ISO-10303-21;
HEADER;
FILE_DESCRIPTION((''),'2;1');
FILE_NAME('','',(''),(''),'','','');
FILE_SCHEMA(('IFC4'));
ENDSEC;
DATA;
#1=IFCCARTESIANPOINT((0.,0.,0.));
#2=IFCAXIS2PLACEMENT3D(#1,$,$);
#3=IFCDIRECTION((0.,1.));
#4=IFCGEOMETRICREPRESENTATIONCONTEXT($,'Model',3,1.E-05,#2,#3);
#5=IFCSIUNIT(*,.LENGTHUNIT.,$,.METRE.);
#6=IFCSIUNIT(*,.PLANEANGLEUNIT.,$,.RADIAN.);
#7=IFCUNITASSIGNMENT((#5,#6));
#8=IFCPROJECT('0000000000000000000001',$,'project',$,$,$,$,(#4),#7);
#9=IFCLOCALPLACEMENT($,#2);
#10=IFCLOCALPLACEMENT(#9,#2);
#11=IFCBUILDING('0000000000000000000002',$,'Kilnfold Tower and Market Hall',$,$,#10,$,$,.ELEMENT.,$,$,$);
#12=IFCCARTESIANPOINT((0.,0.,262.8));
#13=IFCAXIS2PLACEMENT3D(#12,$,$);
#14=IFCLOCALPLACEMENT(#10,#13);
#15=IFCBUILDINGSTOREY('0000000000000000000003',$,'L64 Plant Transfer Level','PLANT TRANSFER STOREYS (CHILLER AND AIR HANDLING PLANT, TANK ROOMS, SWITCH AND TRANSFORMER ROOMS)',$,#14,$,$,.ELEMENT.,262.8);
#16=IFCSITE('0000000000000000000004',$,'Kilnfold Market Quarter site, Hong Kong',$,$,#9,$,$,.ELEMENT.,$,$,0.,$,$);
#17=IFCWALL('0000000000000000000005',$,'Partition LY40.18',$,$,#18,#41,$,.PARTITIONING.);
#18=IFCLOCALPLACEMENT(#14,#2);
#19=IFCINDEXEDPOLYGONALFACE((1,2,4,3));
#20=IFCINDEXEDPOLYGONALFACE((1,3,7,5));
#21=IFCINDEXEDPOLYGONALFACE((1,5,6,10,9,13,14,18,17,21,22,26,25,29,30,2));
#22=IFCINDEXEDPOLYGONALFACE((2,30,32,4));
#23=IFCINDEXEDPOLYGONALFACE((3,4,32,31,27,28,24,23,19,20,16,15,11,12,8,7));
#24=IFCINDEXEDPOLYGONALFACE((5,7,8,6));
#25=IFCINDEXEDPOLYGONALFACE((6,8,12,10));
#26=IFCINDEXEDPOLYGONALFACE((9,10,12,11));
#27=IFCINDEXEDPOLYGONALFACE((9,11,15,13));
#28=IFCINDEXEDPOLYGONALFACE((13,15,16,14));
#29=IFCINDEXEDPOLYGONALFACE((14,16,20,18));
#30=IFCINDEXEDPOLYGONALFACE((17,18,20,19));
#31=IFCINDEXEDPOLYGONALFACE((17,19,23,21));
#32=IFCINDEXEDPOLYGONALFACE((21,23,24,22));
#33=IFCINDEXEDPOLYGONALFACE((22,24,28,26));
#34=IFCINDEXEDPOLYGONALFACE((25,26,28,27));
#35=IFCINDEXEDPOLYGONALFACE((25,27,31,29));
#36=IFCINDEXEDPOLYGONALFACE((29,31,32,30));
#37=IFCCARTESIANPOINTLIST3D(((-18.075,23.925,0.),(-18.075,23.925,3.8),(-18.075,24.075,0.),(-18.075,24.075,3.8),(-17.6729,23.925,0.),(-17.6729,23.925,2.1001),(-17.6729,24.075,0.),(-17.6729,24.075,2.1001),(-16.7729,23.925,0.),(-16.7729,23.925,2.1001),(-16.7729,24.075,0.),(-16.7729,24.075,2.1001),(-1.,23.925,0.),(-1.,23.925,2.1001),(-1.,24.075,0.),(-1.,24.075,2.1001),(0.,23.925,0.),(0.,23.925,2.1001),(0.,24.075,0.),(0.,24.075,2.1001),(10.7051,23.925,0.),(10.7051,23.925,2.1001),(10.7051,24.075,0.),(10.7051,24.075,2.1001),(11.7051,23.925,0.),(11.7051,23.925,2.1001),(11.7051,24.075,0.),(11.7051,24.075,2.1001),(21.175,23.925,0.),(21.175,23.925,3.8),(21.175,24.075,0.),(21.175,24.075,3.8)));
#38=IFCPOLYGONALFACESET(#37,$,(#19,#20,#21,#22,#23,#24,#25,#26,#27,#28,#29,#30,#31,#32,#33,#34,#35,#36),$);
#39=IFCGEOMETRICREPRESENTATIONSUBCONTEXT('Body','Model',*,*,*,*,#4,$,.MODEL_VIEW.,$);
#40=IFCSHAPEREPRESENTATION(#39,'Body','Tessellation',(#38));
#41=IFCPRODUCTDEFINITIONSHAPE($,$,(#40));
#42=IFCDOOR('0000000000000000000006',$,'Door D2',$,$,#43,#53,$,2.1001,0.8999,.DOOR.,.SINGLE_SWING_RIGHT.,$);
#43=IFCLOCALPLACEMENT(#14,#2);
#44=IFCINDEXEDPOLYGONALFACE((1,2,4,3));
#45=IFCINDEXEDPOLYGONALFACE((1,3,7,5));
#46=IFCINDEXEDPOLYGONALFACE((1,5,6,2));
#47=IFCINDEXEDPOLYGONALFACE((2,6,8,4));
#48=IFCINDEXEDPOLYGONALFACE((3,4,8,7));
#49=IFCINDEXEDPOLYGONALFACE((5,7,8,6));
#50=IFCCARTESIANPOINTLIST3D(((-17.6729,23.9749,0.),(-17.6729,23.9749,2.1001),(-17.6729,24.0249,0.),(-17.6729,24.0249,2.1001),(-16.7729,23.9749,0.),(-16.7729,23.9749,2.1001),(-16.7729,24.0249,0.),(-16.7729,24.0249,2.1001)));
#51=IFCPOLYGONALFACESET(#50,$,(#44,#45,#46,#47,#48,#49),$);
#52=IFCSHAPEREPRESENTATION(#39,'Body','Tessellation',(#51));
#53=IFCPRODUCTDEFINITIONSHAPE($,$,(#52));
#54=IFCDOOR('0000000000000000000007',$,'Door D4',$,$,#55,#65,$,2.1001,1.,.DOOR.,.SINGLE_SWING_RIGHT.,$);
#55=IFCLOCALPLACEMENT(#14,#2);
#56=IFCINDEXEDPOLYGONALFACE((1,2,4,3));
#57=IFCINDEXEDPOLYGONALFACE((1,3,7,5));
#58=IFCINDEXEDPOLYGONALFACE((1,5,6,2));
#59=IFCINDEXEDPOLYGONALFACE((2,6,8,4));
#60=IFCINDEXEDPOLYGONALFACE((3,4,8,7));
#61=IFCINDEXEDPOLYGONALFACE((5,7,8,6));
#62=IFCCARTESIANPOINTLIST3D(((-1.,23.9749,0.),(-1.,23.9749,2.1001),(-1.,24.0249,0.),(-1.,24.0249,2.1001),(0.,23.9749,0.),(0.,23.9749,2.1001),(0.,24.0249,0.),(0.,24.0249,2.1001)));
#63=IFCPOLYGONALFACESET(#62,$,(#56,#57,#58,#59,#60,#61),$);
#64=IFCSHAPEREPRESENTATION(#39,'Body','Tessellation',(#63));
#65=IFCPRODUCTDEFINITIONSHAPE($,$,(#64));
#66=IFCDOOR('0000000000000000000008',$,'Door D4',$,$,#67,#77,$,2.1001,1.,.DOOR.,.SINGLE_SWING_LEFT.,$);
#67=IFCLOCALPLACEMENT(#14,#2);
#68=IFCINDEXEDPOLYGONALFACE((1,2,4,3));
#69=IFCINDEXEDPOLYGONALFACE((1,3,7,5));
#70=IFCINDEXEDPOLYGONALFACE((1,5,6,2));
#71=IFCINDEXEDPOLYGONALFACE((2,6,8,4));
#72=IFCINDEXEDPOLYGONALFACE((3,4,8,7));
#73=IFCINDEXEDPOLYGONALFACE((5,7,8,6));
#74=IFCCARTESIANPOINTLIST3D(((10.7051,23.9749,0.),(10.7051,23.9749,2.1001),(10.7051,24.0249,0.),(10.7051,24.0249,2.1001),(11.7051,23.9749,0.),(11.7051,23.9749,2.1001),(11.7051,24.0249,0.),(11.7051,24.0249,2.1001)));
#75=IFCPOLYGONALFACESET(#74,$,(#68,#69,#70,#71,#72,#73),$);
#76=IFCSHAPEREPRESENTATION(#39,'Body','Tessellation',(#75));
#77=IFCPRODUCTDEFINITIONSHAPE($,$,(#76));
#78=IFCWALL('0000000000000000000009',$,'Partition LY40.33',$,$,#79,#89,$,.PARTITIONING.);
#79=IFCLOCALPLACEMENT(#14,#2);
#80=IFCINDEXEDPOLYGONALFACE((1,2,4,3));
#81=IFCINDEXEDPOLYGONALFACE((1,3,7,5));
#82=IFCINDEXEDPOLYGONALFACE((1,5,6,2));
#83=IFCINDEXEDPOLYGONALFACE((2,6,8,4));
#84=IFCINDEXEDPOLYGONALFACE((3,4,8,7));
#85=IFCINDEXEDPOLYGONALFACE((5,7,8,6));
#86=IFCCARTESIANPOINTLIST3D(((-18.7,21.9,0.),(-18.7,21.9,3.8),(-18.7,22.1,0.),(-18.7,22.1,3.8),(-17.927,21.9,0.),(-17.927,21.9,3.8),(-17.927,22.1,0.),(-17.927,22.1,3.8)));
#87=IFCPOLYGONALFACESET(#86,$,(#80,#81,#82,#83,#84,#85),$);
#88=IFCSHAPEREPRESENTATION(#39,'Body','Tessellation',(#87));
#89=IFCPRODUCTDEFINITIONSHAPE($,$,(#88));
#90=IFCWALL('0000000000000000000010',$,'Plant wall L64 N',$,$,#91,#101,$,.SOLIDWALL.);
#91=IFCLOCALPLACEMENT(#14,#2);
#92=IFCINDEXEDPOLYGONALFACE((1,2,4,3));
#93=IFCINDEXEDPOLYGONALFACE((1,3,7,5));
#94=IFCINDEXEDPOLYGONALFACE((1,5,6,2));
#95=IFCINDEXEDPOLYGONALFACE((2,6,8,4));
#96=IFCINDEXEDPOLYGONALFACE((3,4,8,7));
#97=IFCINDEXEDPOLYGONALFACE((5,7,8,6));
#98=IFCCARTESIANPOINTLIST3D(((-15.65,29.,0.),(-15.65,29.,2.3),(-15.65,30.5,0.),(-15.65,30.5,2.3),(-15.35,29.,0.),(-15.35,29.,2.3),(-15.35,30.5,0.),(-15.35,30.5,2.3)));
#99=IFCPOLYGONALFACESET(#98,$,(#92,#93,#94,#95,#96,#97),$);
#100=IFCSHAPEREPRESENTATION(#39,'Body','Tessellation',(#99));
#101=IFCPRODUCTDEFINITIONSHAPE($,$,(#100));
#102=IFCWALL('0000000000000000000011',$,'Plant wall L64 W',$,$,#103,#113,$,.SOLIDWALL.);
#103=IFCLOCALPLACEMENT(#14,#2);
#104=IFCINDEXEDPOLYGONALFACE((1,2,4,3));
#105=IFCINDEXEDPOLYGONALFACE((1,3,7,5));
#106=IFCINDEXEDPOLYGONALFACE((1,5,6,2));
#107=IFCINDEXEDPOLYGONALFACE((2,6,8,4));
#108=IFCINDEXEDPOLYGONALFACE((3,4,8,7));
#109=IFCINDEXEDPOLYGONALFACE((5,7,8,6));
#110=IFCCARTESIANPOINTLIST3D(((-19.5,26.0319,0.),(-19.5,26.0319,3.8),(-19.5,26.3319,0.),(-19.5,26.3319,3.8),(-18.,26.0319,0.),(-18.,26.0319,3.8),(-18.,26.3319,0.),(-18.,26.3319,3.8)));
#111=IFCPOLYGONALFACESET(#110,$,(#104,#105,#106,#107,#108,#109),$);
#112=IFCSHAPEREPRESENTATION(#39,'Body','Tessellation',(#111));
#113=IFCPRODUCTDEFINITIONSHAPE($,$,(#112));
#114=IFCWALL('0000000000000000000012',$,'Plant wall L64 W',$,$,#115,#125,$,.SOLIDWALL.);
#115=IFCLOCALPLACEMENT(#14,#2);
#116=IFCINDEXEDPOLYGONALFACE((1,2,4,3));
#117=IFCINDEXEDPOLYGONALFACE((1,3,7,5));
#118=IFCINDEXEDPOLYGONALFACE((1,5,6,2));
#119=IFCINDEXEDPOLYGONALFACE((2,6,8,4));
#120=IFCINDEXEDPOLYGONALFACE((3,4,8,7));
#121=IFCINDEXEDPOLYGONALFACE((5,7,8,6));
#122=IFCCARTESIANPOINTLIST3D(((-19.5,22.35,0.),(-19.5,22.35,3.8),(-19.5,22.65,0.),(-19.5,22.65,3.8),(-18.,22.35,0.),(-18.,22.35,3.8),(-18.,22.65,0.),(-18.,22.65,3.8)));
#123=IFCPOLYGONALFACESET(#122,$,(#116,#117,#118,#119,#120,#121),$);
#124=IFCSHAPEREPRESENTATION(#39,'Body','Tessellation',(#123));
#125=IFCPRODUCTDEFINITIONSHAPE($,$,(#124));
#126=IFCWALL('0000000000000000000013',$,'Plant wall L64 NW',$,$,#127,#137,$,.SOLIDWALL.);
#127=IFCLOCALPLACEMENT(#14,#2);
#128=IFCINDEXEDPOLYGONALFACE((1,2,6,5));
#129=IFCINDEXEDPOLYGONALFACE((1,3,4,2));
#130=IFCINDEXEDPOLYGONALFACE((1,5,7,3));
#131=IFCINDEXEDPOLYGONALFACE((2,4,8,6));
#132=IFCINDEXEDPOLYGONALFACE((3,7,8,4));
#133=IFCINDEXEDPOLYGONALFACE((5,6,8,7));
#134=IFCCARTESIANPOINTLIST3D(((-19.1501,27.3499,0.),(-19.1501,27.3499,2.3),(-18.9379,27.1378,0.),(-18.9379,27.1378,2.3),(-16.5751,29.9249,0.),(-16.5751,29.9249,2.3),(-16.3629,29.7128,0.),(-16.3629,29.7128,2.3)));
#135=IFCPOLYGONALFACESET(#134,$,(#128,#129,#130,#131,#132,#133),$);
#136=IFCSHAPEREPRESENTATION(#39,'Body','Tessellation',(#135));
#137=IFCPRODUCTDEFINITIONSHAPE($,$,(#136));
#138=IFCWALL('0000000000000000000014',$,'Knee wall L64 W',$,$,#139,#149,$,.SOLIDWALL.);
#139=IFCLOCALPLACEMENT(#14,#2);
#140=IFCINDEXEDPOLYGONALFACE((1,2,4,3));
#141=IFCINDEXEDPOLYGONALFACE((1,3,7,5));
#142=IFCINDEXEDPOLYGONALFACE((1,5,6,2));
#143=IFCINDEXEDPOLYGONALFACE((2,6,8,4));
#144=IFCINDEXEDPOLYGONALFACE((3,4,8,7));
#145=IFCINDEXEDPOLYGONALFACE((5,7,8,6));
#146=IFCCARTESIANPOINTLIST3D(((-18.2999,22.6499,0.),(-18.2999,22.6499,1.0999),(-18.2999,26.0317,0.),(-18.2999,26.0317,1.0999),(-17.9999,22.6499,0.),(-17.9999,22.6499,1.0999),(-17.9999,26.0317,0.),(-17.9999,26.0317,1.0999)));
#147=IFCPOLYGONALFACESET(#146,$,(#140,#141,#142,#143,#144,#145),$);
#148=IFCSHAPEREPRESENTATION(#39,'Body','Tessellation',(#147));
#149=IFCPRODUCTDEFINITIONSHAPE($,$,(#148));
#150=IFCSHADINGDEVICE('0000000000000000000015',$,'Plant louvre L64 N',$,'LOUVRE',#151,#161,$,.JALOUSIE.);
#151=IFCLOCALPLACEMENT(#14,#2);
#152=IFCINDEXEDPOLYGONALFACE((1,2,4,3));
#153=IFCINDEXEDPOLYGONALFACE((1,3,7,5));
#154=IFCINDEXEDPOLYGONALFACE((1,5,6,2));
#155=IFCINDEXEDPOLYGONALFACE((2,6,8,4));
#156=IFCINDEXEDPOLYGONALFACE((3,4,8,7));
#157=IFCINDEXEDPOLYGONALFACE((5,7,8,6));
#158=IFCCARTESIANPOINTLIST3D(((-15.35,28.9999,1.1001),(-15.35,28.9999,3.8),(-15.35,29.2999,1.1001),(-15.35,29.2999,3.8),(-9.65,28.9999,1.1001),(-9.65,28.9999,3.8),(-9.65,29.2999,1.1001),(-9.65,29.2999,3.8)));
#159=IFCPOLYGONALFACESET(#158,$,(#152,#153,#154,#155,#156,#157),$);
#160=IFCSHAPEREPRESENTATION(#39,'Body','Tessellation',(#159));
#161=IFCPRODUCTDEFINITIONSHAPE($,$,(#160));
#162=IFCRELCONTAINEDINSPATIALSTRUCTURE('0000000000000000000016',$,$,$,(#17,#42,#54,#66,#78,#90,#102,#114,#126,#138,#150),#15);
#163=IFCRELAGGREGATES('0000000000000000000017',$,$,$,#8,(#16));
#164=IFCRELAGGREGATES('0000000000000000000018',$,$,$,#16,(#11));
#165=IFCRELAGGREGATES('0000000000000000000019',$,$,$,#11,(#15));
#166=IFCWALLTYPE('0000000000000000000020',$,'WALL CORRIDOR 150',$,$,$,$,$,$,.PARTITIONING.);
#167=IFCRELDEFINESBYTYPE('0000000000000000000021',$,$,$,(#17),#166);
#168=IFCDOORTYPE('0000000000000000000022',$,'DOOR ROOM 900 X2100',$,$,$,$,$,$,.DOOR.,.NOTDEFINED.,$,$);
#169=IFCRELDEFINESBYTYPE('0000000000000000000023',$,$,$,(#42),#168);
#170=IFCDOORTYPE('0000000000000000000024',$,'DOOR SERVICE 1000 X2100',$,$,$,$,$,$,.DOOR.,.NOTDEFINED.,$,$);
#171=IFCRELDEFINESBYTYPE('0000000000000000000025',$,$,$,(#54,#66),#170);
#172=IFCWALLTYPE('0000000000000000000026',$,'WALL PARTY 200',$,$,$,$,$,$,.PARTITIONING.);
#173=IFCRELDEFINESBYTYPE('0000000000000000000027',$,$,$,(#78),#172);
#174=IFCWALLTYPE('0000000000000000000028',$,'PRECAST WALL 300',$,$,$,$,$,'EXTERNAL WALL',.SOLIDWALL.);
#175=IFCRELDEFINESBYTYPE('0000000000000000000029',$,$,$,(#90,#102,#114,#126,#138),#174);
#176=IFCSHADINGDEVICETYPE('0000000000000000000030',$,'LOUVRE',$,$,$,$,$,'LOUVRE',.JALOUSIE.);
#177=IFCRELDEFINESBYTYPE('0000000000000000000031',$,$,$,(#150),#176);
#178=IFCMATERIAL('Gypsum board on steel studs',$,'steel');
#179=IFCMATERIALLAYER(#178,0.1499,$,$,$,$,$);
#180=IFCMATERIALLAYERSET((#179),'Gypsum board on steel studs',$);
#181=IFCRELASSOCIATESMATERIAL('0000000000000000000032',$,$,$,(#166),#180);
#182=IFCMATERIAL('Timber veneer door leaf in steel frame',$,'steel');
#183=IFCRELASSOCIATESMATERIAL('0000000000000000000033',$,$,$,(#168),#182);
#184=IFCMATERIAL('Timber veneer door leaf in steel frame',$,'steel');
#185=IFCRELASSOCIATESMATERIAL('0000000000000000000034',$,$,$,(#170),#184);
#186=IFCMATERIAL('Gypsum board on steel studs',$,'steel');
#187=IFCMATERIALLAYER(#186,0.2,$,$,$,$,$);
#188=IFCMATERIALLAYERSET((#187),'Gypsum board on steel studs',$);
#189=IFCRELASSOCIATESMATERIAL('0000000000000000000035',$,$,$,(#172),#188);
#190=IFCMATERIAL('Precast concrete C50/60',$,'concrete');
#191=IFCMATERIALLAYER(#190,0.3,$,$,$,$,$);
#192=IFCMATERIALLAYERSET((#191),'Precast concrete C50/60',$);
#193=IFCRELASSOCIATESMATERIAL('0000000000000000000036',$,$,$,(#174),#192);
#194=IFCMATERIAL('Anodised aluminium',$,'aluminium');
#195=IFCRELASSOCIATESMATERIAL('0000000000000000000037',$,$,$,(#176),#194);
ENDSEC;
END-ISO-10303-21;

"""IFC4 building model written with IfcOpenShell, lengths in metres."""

from ifc_helpers import new_model, si_unit, direction, frame, frame_2d, origin, origin_2d, place, context, subcontext, project, spatial, rectangle, extrude, source, transform, mapped, material, layer, layer_set, type_object, element, fill, save


model = new_model("IFC4")

# Units and contexts
model_context = context("Model", 3, precision=1e-05, world=origin(), true_north=direction((0.0, 1.0)))
body_context = subcontext(model_context, "Body", "Model", "MODEL_VIEW")
ifc_project = project(units=[si_unit("LENGTHUNIT", "METRE"), si_unit("PLANEANGLEUNIT", "RADIAN")], contexts=[model_context])

# Site, building, storey
site_placement = place(None, origin())
site = spatial("IfcSite", under=ifc_project, at=site_placement, Name="Kilnfold Market Quarter site, Hong Kong", CompositionType="ELEMENT", RefElevation=0.0)
building_placement = place(site_placement, origin())
building = spatial("IfcBuilding", under=site, at=building_placement, Name="Kilnfold Tower and Market Hall", CompositionType="ELEMENT")
storey_placement = place(building_placement, frame((0.0, 0.0, 262.8)))
storey = spatial("IfcBuildingStorey", under=building, at=storey_placement, Name="L64 Plant Transfer Level", Description="PLANT TRANSFER STOREYS (CHILLER AND AIR HANDLING PLANT, TANK ROOMS, SWITCH AND TRANSFORMER ROOMS)", CompositionType="ELEMENT", Elevation=262.8)

# Shared definitions
ifc_material_1 = material(Name="Gypsum board on steel studs", Category="steel")
ifc_layer_1 = layer(ifc_material_1, 0.1499)
ifc_layer_set_1 = layer_set([ifc_layer_1], Name="Gypsum board on steel studs")
wall_type_1 = type_object("IfcWallType", Name="WALL CORRIDOR 150", PredefinedType="PARTITIONING", material=ifc_layer_set_1)

# Wall, openings, doors
wall_1_placement = place(storey_placement, frame((-18.075, 24.0, 0.0), z_axis=(0.0, 0.0, 1.0), x_axis=(1.0, 0.0, 0.0)))
wall_1 = element("IfcWall", 1, at=wall_1_placement, inside=storey, type_object=wall_type_1, Name="Partition LY40.18", PredefinedType="PARTITIONING", context=body_context, shape_type="SweptSolid", body=[
    extrude(rectangle(XDim=39.25, YDim=0.1499, at=frame_2d((19.625, 0.0))), origin(), (0.0, 0.0, 1.0), 3.8),
])
opening_1_placement = place(wall_1_placement, frame((0.4021, 0.0, 0.0)))
opening_1 = element("IfcOpeningElement", 2, at=opening_1_placement, cuts=wall_1, PredefinedType="OPENING", context=body_context, shape_type="SweptSolid", body=[
    extrude(rectangle(XDim=0.8999, YDim=2.1001, at=frame_2d((0.45, 1.05))), frame((0.0, 0.085, 0.0), z_axis=(0.0, -1.0, 0.0), x_axis=(1.0, 0.0, 0.0)), (0.0, 0.0, 1.0), 0.1699),
])
opening_2_placement = place(wall_1_placement, frame((17.075, 0.0, 0.0)))
opening_2 = element("IfcOpeningElement", 3, at=opening_2_placement, cuts=wall_1, PredefinedType="OPENING", context=body_context, shape_type="SweptSolid", body=[
    extrude(rectangle(XDim=1.0, YDim=2.1001, at=frame_2d((0.5, 1.05))), frame((0.0, 0.085, 0.0), z_axis=(0.0, -1.0, 0.0), x_axis=(1.0, 0.0, 0.0)), (0.0, 0.0, 1.0), 0.1699),
])
opening_3_placement = place(wall_1_placement, frame((28.78, 0.0, 0.0)))
opening_3 = element("IfcOpeningElement", 4, at=opening_3_placement, cuts=wall_1, PredefinedType="OPENING", context=body_context, shape_type="SweptSolid", body=[
    extrude(rectangle(XDim=1.0, YDim=2.1001, at=frame_2d((0.5, 1.05))), frame((0.0, 0.085, 0.0), z_axis=(0.0, -1.0, 0.0), x_axis=(1.0, 0.0, 0.0)), (0.0, 0.0, 1.0), 0.1699),
])
ifc_material_2 = material(Name="Timber veneer door leaf in steel frame", Category="steel")
door_type_1 = type_object("IfcDoorType", Name="DOOR ROOM 900 X2100", OperationType="NOTDEFINED", PredefinedType="DOOR", material=ifc_material_2)
door_1_placement = place(opening_1_placement, origin())
door_1 = element("IfcDoor", 5, at=door_1_placement, inside=storey, type_object=door_type_1, Name="Door D2", OperationType="SINGLE_SWING_RIGHT", OverallHeight=2.1001, OverallWidth=0.8999, PredefinedType="DOOR", context=body_context, shape_type="SweptSolid", body=[
    extrude(rectangle(XDim=0.8999, YDim=2.1001, at=frame_2d((0.45, 1.05))), frame((0.0, 0.0249, 0.0), z_axis=(0.0, -1.0, 0.0), x_axis=(1.0, 0.0, 0.0)), (0.0, 0.0, 1.0), 0.05),
])
fill(opening_1, door_1)
ifc_material_3 = material(Name="Timber veneer door leaf in steel frame", Category="steel")
door_type_2 = type_object("IfcDoorType", Name="DOOR SERVICE 1000 X2100", OperationType="NOTDEFINED", PredefinedType="DOOR", material=ifc_material_3)
door_2_placement = place(opening_2_placement, origin())
door_2 = element("IfcDoor", 6, at=door_2_placement, inside=storey, type_object=door_type_2, Name="Door D4", OperationType="SINGLE_SWING_RIGHT", OverallHeight=2.1001, OverallWidth=1.0, PredefinedType="DOOR", context=body_context, shape_type="SweptSolid", body=[
    extrude(rectangle(XDim=1.0, YDim=2.1001, at=frame_2d((0.5, 1.05))), frame((0.0, 0.0249, 0.0), z_axis=(0.0, -1.0, 0.0), x_axis=(1.0, 0.0, 0.0)), (0.0, 0.0, 1.0), 0.05),
])
fill(opening_2, door_2)
door_3_placement = place(opening_3_placement, origin())
door_3 = element("IfcDoor", 7, at=door_3_placement, inside=storey, type_object=door_type_2, Name="Door D4", OperationType="SINGLE_SWING_LEFT", OverallHeight=2.1001, OverallWidth=1.0, PredefinedType="DOOR", context=body_context, shape_type="SweptSolid", body=[
    extrude(rectangle(XDim=1.0, YDim=2.1001, at=frame_2d((0.5, 1.05))), frame((0.0, 0.0249, 0.0), z_axis=(0.0, -1.0, 0.0), x_axis=(1.0, 0.0, 0.0)), (0.0, 0.0, 1.0), 0.05),
])
fill(opening_3, door_3)

# Walls
ifc_material_4 = material(Name="Gypsum board on steel studs", Category="steel")
ifc_layer_2 = layer(ifc_material_4, 0.2)
ifc_layer_set_2 = layer_set([ifc_layer_2], Name="Gypsum board on steel studs")
wall_type_2 = type_object("IfcWallType", Name="WALL PARTY 200", PredefinedType="PARTITIONING", material=ifc_layer_set_2)
wall_2_placement = place(storey_placement, frame((-18.7, 22.0, 0.0), z_axis=(0.0, 0.0, 1.0), x_axis=(1.0, 0.0, 0.0)))
element("IfcWall", 8, at=wall_2_placement, inside=storey, type_object=wall_type_2, Name="Partition LY40.33", PredefinedType="PARTITIONING", context=body_context, shape_type="SweptSolid", body=[
    extrude(rectangle(XDim=0.7729, YDim=0.2, at=frame_2d((0.3865, 0.0))), origin(), (0.0, 0.0, 1.0), 3.8),
])
ifc_material_5 = material(Name="Precast concrete C50/60", Category="concrete")
ifc_layer_3 = layer(ifc_material_5, 0.3)
ifc_layer_set_3 = layer_set([ifc_layer_3], Name="Precast concrete C50/60")
wall_type_3 = type_object("IfcWallType", Name="PRECAST WALL 300", ElementType="EXTERNAL WALL", PredefinedType="SOLIDWALL", material=ifc_layer_set_3)
shared_shape_1 = source(origin(), body_context, "Body", "SweptSolid", [
    extrude(rectangle(XDim=1.5, YDim=0.3, at=frame_2d((0.75, 0.0))), origin(), (0.0, 0.0, 1.0), 2.3),
])
wall_3_placement = place(storey_placement, frame((-15.5, 30.5, 0.0), z_axis=(0.0, 0.0, 1.0), x_axis=(0.0, -1.0, 0.0)))
element("IfcWall", 9, at=wall_3_placement, inside=storey, type_object=wall_type_3, Name="Plant wall L64 N", PredefinedType="SOLIDWALL", context=body_context, shape_type="MappedRepresentation", body=[
    mapped(shared_shape_1, transform((0.0, 0.0, 0.0))),
])
shared_shape_2 = source(origin(), body_context, "Body", "SweptSolid", [
    extrude(rectangle(XDim=1.5, YDim=0.3, at=frame_2d((0.75, 0.0))), origin(), (0.0, 0.0, 1.0), 3.8),
])
for number, where, z_axis, x_axis, name in (
    (10, (-19.5, 26.1819, 0.0), (0.0, 0.0, 1.0), (1.0, 0.0, 0.0), "Plant wall L64 W"),
    (11, (-19.5, 22.5, 0.0), (0.0, 0.0, 1.0), (1.0, 0.0, 0.0), "Plant wall L64 W"),
):
    element("IfcWall", number, at=place(storey_placement, frame(where, z_axis=z_axis, x_axis=x_axis)), inside=storey, type_object=wall_type_3, Name=name, PredefinedType="SOLIDWALL", context=body_context, shape_type="MappedRepresentation", body=[
        mapped(shared_shape_2, transform((0.0, 0.0, 0.0))),
    ])
shared_shape_3 = source(origin(), body_context, "Body", "SweptSolid", [
    extrude(rectangle(XDim=3.6416, YDim=0.3, at=frame_2d((1.8208, 0.0))), origin(), (0.0, 0.0, 1.0), 2.3),
])
wall_4_placement = place(storey_placement, frame((-16.469, 29.8188, 0.0), z_axis=(0.0, 0.0, 1.0), x_axis=(-0.707107, -0.707107, 0.0)))
element("IfcWall", 12, at=wall_4_placement, inside=storey, type_object=wall_type_3, Name="Plant wall L64 NW", PredefinedType="SOLIDWALL", context=body_context, shape_type="MappedRepresentation", body=[
    mapped(shared_shape_3, transform((0.0, 0.0, 0.0))),
])
shared_shape_4 = source(origin(), body_context, "Body", "SweptSolid", [
    extrude(rectangle(XDim=3.3818, YDim=0.3, at=frame_2d((1.6909, 0.0))), origin(), (0.0, 0.0, 1.0), 1.0999),
])
wall_5_placement = place(storey_placement, frame((-18.1499, 26.0317, 0.0), z_axis=(0.0, 0.0, 1.0), x_axis=(0.0, -1.0, 0.0)))
element("IfcWall", 13, at=wall_5_placement, inside=storey, type_object=wall_type_3, Name="Knee wall L64 W", PredefinedType="SOLIDWALL", context=body_context, shape_type="MappedRepresentation", body=[
    mapped(shared_shape_4, transform((0.0, 0.0, 0.0))),
])

# Shading device
ifc_material_6 = material(Name="Anodised aluminium", Category="aluminium")
shading_device_type_1 = type_object("IfcShadingDeviceType", Name="LOUVRE", ElementType="LOUVRE", PredefinedType="JALOUSIE", material=ifc_material_6)
shared_shape_5 = source(origin(), body_context, "Body", "SweptSolid", [
    extrude(rectangle(XDim=5.7, YDim=0.3, at=origin_2d()), origin(), (0.0, 0.0, 1.0), 2.7),
])
shading_device_1_placement = place(storey_placement, frame((-12.5, 29.1499, 1.1001), z_axis=(0.0, 0.0, 1.0), x_axis=(-1.0, 0.0, 0.0)))
element("IfcShadingDevice", 14, at=shading_device_1_placement, inside=storey, type_object=shading_device_type_1, Name="Plant louvre L64 N", ObjectType="LOUVRE", PredefinedType="JALOUSIE", context=body_context, shape_type="MappedRepresentation", body=[
    mapped(shared_shape_5, transform((0.0, 0.0, 0.0))),
])

save(model, "model.ifc")
